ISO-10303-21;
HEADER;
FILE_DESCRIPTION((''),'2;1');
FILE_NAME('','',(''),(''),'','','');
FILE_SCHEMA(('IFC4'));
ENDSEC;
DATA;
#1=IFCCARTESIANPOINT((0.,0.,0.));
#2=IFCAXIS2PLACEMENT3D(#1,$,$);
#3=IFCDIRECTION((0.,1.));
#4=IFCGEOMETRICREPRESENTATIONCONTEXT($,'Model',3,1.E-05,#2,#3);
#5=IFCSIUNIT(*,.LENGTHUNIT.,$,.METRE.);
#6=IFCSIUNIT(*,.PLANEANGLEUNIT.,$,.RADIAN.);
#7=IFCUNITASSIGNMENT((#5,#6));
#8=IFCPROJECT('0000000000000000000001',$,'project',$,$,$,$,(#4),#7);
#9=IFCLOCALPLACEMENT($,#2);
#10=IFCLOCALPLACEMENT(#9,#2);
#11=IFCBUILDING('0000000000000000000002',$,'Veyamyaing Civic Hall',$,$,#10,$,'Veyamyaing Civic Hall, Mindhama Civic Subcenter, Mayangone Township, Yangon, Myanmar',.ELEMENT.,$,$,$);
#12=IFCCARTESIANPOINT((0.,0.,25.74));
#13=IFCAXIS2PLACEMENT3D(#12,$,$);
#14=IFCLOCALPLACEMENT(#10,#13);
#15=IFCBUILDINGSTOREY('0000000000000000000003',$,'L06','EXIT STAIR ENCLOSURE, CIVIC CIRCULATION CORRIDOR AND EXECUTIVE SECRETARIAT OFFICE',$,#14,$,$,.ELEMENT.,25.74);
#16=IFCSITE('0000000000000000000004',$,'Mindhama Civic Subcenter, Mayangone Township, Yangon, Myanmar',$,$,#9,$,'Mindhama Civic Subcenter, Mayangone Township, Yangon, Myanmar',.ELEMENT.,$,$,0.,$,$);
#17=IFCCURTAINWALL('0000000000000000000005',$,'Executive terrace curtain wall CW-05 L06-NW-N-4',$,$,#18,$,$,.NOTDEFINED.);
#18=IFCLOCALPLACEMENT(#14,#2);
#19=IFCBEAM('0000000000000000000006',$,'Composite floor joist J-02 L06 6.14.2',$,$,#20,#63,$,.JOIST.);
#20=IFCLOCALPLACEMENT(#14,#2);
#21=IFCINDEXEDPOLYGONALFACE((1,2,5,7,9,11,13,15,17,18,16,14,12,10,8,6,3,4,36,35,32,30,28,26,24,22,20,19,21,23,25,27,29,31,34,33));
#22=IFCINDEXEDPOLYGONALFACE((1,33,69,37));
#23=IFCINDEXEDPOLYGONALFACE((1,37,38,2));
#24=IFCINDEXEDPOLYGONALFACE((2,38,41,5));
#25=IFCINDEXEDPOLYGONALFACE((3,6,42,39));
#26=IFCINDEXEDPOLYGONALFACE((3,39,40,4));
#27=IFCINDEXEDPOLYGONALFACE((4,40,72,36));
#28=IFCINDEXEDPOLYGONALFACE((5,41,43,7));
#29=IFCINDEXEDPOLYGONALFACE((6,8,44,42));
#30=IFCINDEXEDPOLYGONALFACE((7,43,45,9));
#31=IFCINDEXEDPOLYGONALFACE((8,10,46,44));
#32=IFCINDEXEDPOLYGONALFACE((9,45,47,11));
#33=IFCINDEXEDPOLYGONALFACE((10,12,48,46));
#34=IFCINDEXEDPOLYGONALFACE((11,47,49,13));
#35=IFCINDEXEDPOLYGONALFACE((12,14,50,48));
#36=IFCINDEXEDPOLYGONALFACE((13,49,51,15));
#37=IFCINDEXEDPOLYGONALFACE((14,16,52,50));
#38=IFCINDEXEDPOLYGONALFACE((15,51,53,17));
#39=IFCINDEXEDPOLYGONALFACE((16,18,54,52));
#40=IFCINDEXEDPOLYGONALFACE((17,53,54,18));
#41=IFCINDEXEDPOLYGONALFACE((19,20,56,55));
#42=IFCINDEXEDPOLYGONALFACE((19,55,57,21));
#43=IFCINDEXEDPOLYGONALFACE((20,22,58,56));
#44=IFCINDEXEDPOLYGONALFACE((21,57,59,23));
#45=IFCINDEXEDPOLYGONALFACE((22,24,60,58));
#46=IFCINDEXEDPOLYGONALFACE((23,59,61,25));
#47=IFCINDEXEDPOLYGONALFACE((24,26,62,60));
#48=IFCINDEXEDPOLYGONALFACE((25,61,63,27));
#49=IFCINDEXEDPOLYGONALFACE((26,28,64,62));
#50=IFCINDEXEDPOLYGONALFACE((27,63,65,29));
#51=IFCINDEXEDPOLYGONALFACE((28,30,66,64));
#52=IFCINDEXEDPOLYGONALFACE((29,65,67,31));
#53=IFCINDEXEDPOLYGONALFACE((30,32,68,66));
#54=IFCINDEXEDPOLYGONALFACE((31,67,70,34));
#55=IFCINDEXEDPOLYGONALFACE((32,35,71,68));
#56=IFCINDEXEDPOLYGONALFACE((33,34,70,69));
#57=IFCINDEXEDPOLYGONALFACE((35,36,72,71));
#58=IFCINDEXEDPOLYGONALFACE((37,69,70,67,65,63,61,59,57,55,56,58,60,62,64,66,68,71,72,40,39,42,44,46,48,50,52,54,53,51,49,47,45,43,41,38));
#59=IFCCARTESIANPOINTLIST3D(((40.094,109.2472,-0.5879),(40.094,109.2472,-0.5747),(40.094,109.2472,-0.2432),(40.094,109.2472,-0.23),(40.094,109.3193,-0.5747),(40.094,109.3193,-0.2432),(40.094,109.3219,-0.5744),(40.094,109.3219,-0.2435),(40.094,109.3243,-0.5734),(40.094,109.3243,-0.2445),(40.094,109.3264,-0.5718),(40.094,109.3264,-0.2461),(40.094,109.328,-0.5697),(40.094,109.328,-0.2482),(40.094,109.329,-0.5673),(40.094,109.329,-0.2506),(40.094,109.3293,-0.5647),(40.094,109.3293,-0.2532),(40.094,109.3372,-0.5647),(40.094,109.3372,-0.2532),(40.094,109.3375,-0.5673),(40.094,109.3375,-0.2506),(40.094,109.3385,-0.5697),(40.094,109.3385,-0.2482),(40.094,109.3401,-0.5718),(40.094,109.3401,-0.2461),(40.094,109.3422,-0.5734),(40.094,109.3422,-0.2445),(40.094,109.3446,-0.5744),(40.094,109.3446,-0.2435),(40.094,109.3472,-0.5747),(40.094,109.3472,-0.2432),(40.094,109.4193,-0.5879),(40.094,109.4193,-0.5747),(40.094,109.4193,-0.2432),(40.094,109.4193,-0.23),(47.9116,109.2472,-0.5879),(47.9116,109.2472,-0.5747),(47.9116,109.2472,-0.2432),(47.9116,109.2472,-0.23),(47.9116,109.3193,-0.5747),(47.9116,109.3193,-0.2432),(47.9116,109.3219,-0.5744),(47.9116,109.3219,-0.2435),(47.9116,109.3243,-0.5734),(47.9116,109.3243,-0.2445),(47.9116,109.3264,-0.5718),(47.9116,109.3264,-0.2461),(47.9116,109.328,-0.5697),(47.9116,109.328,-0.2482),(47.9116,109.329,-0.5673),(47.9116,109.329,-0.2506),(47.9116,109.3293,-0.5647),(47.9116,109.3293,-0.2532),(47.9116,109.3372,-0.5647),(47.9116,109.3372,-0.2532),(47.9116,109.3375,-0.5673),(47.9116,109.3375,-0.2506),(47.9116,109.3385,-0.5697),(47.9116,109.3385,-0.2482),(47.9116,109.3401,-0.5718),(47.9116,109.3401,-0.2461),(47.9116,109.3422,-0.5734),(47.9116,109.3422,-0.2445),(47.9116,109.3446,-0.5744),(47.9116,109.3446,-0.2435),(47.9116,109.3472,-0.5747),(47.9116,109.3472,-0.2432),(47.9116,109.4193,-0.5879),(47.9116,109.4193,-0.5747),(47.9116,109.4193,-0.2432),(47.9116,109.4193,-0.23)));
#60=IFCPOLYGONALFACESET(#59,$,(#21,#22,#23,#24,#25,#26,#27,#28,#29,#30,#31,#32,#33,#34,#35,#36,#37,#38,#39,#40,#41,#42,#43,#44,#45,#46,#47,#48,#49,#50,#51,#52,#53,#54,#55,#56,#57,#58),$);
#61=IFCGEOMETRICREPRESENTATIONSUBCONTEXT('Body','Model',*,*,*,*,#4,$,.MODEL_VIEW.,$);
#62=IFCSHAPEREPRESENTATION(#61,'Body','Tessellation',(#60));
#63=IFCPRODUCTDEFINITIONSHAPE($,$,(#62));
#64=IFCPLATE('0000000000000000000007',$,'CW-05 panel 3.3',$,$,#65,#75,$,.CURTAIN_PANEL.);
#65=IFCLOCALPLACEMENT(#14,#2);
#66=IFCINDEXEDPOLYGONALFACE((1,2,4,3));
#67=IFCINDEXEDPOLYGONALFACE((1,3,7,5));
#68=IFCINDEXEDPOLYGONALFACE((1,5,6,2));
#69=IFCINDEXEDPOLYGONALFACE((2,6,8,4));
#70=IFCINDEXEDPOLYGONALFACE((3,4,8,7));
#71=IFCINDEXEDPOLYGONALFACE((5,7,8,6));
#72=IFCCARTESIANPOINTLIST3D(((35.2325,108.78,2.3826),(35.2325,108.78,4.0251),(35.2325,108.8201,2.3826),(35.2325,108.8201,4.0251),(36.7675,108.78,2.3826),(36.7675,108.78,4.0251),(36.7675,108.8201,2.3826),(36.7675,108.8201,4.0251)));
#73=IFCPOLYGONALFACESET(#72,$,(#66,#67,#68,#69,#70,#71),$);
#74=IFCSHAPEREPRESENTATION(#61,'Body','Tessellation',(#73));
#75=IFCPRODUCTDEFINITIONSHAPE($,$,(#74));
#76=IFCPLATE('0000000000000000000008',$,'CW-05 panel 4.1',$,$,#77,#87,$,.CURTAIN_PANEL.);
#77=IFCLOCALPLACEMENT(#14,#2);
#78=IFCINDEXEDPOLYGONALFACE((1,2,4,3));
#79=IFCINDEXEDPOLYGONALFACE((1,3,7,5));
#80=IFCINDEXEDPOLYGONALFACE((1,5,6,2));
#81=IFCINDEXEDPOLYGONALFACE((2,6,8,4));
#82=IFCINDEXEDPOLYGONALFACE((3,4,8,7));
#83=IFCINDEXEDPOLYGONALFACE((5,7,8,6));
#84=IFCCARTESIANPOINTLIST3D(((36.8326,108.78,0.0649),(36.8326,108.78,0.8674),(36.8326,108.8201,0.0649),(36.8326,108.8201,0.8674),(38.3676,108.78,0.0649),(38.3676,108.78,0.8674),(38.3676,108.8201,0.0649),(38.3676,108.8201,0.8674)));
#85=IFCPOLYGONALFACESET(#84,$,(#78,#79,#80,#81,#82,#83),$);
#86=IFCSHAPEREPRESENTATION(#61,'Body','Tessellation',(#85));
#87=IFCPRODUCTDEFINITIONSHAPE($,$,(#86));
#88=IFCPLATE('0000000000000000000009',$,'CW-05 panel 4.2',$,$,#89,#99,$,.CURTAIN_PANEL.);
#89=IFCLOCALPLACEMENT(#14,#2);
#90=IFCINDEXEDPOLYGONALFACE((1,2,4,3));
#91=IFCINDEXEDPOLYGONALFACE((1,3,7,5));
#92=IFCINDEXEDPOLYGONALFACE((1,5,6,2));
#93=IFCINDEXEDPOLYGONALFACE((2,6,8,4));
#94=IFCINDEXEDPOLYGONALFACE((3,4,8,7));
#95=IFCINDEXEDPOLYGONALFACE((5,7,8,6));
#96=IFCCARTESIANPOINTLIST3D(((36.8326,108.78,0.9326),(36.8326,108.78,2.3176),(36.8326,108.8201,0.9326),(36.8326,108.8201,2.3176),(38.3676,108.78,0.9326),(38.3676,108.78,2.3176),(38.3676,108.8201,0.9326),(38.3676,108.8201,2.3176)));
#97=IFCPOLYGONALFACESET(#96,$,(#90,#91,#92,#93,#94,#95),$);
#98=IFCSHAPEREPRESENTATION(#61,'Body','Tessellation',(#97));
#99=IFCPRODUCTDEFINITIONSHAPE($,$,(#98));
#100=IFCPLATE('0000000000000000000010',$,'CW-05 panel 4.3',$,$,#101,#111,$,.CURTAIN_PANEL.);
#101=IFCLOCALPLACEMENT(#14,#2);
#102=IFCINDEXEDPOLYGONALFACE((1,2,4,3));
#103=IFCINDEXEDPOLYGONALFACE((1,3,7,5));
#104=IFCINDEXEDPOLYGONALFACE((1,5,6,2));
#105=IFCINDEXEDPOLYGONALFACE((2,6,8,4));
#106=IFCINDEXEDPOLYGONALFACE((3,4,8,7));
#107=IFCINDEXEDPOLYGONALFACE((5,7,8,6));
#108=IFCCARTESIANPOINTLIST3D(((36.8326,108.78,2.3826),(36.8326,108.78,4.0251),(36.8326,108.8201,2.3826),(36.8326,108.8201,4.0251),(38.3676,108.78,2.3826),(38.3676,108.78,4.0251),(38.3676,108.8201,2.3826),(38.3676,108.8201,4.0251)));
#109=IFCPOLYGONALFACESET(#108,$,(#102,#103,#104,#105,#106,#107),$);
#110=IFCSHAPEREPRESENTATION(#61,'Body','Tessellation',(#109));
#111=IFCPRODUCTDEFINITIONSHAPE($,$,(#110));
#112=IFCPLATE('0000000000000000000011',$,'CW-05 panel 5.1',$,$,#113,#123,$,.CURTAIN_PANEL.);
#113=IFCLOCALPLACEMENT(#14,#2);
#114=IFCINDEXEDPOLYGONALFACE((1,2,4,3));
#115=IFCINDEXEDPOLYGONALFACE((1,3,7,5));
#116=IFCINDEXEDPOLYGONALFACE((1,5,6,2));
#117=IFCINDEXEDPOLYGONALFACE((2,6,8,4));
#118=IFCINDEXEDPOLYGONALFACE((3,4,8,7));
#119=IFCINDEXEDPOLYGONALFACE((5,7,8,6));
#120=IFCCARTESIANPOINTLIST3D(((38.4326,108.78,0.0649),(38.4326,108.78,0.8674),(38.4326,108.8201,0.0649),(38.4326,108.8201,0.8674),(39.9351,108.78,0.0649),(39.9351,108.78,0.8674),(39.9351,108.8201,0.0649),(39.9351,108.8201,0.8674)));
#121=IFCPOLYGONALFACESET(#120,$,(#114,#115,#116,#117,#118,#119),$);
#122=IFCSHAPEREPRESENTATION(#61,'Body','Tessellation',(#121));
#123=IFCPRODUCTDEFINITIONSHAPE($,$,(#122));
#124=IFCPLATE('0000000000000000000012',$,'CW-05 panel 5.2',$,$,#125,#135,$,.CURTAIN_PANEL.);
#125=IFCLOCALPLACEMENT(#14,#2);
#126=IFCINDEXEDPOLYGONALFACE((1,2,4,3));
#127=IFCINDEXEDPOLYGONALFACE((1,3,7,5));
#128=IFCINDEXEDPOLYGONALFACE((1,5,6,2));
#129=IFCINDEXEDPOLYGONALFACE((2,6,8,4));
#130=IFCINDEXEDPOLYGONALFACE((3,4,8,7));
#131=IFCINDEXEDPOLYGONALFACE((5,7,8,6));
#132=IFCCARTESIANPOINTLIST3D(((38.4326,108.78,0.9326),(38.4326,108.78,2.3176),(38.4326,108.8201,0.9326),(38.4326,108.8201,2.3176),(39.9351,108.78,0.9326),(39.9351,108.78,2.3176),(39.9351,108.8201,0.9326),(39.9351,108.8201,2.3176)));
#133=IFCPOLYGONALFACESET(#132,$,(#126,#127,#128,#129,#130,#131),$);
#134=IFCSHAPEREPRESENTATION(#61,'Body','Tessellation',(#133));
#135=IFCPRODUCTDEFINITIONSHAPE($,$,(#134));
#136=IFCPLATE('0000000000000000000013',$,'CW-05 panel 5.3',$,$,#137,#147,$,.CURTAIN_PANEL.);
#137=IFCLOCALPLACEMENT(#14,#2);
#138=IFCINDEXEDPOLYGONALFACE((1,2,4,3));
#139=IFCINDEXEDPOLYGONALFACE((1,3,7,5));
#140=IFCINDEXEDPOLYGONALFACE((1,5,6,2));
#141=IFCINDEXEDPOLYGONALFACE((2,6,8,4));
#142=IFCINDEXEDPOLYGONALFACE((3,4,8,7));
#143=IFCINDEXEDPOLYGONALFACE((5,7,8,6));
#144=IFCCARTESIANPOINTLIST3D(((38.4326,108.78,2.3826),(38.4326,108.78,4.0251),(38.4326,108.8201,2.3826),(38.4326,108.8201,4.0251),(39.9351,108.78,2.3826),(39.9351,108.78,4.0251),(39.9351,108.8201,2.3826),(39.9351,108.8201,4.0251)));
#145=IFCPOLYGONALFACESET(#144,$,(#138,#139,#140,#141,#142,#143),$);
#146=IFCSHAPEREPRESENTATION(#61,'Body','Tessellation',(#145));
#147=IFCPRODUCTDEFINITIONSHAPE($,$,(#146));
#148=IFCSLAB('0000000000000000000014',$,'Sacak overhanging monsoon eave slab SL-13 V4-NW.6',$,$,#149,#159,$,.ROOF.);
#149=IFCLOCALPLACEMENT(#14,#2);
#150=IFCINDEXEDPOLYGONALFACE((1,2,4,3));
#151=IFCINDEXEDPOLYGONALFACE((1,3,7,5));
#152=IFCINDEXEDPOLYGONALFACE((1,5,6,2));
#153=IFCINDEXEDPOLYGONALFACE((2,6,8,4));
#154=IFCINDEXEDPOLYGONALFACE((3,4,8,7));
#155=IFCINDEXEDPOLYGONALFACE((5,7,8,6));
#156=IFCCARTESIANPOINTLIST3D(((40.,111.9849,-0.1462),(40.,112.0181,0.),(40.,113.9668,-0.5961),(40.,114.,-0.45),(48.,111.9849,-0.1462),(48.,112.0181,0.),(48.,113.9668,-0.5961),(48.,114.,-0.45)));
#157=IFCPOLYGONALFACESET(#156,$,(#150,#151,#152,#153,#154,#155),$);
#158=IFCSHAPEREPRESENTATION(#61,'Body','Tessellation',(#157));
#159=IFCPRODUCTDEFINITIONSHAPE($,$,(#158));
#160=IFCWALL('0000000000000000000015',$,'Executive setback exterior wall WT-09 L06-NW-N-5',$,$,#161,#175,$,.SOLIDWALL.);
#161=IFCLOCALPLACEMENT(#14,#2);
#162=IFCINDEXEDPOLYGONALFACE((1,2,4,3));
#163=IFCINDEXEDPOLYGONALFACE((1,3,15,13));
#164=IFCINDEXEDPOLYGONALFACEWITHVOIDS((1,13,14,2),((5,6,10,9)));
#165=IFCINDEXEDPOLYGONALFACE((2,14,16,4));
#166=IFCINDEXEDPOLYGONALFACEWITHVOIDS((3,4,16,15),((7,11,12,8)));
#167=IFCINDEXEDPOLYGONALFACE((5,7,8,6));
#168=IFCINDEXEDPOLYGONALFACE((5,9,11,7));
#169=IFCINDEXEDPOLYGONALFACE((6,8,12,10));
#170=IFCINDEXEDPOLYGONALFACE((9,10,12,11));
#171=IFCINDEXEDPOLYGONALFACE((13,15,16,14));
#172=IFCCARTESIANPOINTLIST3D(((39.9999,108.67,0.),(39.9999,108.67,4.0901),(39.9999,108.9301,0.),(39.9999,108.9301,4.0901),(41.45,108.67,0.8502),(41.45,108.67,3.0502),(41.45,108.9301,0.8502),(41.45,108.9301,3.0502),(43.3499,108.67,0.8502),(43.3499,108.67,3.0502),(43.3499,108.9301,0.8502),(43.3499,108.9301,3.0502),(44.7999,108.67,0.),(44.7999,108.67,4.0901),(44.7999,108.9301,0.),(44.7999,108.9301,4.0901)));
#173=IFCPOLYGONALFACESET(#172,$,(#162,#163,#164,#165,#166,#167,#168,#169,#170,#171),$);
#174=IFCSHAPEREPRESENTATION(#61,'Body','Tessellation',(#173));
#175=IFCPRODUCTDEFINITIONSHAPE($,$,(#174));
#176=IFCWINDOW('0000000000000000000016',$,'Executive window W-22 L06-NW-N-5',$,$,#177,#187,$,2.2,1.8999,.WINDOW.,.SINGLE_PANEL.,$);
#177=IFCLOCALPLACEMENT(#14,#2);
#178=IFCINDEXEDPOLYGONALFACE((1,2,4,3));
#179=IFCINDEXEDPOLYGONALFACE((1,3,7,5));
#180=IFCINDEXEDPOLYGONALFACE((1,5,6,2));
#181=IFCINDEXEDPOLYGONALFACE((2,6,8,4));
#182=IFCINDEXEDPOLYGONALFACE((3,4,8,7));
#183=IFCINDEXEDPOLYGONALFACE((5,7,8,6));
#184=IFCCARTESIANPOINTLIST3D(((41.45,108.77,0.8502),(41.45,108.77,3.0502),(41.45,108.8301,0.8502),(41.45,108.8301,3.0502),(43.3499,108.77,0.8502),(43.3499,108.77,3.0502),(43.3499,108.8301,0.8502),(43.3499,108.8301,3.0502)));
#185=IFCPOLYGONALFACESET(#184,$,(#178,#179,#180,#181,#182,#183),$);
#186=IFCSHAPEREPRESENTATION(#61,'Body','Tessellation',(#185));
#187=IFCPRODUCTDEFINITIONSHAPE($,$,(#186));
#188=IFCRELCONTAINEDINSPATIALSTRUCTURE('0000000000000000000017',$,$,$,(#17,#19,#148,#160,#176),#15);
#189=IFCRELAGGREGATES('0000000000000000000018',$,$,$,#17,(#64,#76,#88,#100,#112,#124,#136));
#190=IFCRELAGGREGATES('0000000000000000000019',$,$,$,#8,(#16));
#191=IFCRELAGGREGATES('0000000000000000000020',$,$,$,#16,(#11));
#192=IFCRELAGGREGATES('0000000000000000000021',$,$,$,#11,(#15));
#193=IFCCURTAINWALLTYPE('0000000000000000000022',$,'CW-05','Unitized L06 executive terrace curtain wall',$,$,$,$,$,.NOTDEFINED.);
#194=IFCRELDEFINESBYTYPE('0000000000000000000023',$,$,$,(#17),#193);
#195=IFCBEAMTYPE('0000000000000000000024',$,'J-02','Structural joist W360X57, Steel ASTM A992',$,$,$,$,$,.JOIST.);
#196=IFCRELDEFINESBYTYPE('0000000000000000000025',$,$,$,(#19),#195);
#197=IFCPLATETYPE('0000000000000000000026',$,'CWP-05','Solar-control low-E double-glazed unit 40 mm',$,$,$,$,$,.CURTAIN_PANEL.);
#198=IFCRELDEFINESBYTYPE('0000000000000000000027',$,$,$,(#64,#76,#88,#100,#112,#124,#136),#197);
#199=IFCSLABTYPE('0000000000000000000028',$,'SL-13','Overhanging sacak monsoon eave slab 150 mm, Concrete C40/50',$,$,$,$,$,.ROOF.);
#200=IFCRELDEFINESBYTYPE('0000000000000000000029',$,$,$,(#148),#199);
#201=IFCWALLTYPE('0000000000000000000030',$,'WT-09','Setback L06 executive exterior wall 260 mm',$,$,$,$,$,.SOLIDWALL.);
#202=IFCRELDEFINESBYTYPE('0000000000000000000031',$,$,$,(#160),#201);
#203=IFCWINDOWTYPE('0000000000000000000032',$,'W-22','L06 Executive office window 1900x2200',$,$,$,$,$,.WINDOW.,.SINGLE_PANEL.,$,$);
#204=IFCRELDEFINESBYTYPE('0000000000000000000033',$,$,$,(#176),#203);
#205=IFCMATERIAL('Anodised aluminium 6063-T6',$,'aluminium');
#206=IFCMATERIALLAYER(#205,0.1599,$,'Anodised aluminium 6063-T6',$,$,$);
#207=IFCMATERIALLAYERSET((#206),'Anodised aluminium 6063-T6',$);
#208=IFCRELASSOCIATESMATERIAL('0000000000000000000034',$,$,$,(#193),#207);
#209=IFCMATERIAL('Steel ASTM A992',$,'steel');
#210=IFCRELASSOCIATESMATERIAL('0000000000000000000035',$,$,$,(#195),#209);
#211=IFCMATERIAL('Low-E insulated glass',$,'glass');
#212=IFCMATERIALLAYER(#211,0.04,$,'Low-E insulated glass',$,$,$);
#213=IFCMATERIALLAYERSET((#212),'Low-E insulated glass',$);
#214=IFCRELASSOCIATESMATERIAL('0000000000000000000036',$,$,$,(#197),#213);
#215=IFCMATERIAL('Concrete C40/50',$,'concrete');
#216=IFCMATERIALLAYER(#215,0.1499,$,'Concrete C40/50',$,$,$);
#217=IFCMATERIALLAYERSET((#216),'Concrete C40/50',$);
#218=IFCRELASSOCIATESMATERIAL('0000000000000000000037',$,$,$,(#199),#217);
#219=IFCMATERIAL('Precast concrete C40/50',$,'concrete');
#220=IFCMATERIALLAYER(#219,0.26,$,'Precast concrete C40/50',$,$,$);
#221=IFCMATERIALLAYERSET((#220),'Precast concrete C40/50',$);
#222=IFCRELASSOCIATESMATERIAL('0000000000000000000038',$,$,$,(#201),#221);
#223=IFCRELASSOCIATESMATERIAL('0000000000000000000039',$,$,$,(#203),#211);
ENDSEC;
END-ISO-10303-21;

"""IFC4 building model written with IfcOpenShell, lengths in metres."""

from ifc_helpers import new_model, si_unit, direction, frame, frame_2d, origin, origin_2d, place, context, subcontext, project, spatial, polyline, rectangle, i_section, outline, extrude, material, layer, layer_set, material_profile, profile_set, type_object, element, fill, aggregate, save


model = new_model("IFC4")

# Units and contexts
model_context = context("Model", 3, precision=1e-05, world=origin(), true_north=direction((0.0, 1.0)))
body_context = subcontext(model_context, "Body", "Model", "MODEL_VIEW")
ifc_project = project(units=[si_unit("LENGTHUNIT", "METRE"), si_unit("PLANEANGLEUNIT", "RADIAN")], contexts=[model_context])

# Site, building, storey
site_placement = place(None, origin())
site = spatial("IfcSite", under=ifc_project, at=site_placement, Name="Mindhama Civic Subcenter, Mayangone Township, Yangon, Myanmar", LongName="Mindhama Civic Subcenter, Mayangone Township, Yangon, Myanmar", CompositionType="ELEMENT", RefElevation=0.0)
building_placement = place(site_placement, origin())
building = spatial("IfcBuilding", under=site, at=building_placement, Name="Veyamyaing Civic Hall", LongName="Veyamyaing Civic Hall, Mindhama Civic Subcenter, Mayangone Township, Yangon, Myanmar", CompositionType="ELEMENT")
storey_placement = place(building_placement, frame((0.0, 0.0, 25.74)))
storey = spatial("IfcBuildingStorey", under=building, at=storey_placement, Name="L06", Description="EXIT STAIR ENCLOSURE, CIVIC CIRCULATION CORRIDOR AND EXECUTIVE SECRETARIAT OFFICE", CompositionType="ELEMENT", Elevation=25.74)

# Shared definitions
ifc_material_1 = material(Name="Steel ASTM A992", Category="steel")

# Curtain wall
ifc_material_2 = material(Name="Anodised aluminium 6063-T6", Category="aluminium")
ifc_layer_1 = layer(ifc_material_2, 0.1599, Name="Anodised aluminium 6063-T6")
ifc_layer_set_1 = layer_set([ifc_layer_1], Name="Anodised aluminium 6063-T6")
curtain_wall_type = type_object("IfcCurtainWallType", Name="CW-05", Description="Unitized L06 executive terrace curtain wall", PredefinedType="NOTDEFINED", material=ifc_layer_set_1)
curtain_wall_placement = place(storey_placement, origin())
curtain_wall = element("IfcCurtainWall", 1, at=curtain_wall_placement, inside=storey, type_object=curtain_wall_type, Name="Executive terrace curtain wall CW-05 L06-NW-N-4", PredefinedType="NOTDEFINED")

# Beam
ifc_material_profile_1 = material_profile(ifc_material_1, i_section(OverallWidth=0.1721, OverallDepth=0.3579, WebThickness=0.0078, FlangeThickness=0.0132, FilletRadius=0.01, at=origin_2d()), Name="W360X57")
ifc_profile_set_1 = profile_set([ifc_material_profile_1], Name="Steel ASTM A992")
beam_type_1 = type_object("IfcBeamType", Name="J-02", Description="Structural joist W360X57, Steel ASTM A992", PredefinedType="JOIST", material=ifc_profile_set_1)
beam_1_placement = place(storey_placement, frame((40.094, 109.3333, -0.4089), z_axis=(1.0, 0.0, 0.0), x_axis=(0.0, 1.0, 0.0)))
element("IfcBeam", 2, at=beam_1_placement, inside=storey, type_object=beam_type_1, Name="Composite floor joist J-02 L06 6.14.2", PredefinedType="JOIST", context=body_context, shape_type="SweptSolid", body=[
    extrude(i_section(OverallWidth=0.1721, OverallDepth=0.3579, WebThickness=0.0078, FlangeThickness=0.0132, FilletRadius=0.01, at=origin_2d()), origin(), (0.0, 0.0, 1.0), 7.8176),
])

# Plates
ifc_material_3 = material(Name="Low-E insulated glass", Category="glass")
ifc_layer_2 = layer(ifc_material_3, 0.04, Name="Low-E insulated glass")
ifc_layer_set_2 = layer_set([ifc_layer_2], Name="Low-E insulated glass")
plate_type = type_object("IfcPlateType", Name="CWP-05", Description="Solar-control low-E double-glazed unit 40 mm", PredefinedType="CURTAIN_PANEL", material=ifc_layer_set_2)
plate_1_placement = place(storey_placement, frame((36.0, 108.8, 2.3826), z_axis=(0.0, 0.0, 1.0), x_axis=(1.0, 0.0, 0.0)))
plate_1 = element("IfcPlate", 3, at=plate_1_placement, type_object=plate_type, Name="CW-05 panel 3.3", PredefinedType="CURTAIN_PANEL", context=body_context, shape_type="SweptSolid", body=[
    extrude(rectangle(XDim=1.5349, YDim=0.04, at=origin_2d()), origin(), (0.0, 0.0, 1.0), 1.6426),
])
plate_2_placement = place(storey_placement, frame((37.6001, 108.8, 0.0649), z_axis=(0.0, 0.0, 1.0), x_axis=(1.0, 0.0, 0.0)))
plate_2 = element("IfcPlate", 4, at=plate_2_placement, type_object=plate_type, Name="CW-05 panel 4.1", PredefinedType="CURTAIN_PANEL", context=body_context, shape_type="SweptSolid", body=[
    extrude(rectangle(XDim=1.5349, YDim=0.04, at=origin_2d()), origin(), (0.0, 0.0, 1.0), 0.8025),
])
plate_3_placement = place(storey_placement, frame((37.6001, 108.8, 0.9326), z_axis=(0.0, 0.0, 1.0), x_axis=(1.0, 0.0, 0.0)))
plate_3 = element("IfcPlate", 5, at=plate_3_placement, type_object=plate_type, Name="CW-05 panel 4.2", PredefinedType="CURTAIN_PANEL", context=body_context, shape_type="SweptSolid", body=[
    extrude(rectangle(XDim=1.5349, YDim=0.04, at=origin_2d()), origin(), (0.0, 0.0, 1.0), 1.385),
])
plate_4_placement = place(storey_placement, frame((37.6001, 108.8, 2.3826), z_axis=(0.0, 0.0, 1.0), x_axis=(1.0, 0.0, 0.0)))
plate_4 = element("IfcPlate", 6, at=plate_4_placement, type_object=plate_type, Name="CW-05 panel 4.3", PredefinedType="CURTAIN_PANEL", context=body_context, shape_type="SweptSolid", body=[
    extrude(rectangle(XDim=1.5349, YDim=0.04, at=origin_2d()), origin(), (0.0, 0.0, 1.0), 1.6426),
])
plate_5_placement = place(storey_placement, frame((39.1838, 108.8, 0.0649), z_axis=(0.0, 0.0, 1.0), x_axis=(1.0, 0.0, 0.0)))
plate_5 = element("IfcPlate", 7, at=plate_5_placement, type_object=plate_type, Name="CW-05 panel 5.1", PredefinedType="CURTAIN_PANEL", context=body_context, shape_type="SweptSolid", body=[
    extrude(rectangle(XDim=1.5024, YDim=0.04, at=origin_2d()), origin(), (0.0, 0.0, 1.0), 0.8025),
])
plate_6_placement = place(storey_placement, frame((39.1838, 108.8, 0.9326), z_axis=(0.0, 0.0, 1.0), x_axis=(1.0, 0.0, 0.0)))
plate_6 = element("IfcPlate", 8, at=plate_6_placement, type_object=plate_type, Name="CW-05 panel 5.2", PredefinedType="CURTAIN_PANEL", context=body_context, shape_type="SweptSolid", body=[
    extrude(rectangle(XDim=1.5024, YDim=0.04, at=origin_2d()), origin(), (0.0, 0.0, 1.0), 1.385),
])
plate_7_placement = place(storey_placement, frame((39.1838, 108.8, 2.3826), z_axis=(0.0, 0.0, 1.0), x_axis=(1.0, 0.0, 0.0)))
plate_7 = element("IfcPlate", 9, at=plate_7_placement, type_object=plate_type, Name="CW-05 panel 5.3", PredefinedType="CURTAIN_PANEL", context=body_context, shape_type="SweptSolid", body=[
    extrude(rectangle(XDim=1.5024, YDim=0.04, at=origin_2d()), origin(), (0.0, 0.0, 1.0), 1.6426),
])
aggregate(curtain_wall, [plate_1, plate_2, plate_3, plate_4, plate_5, plate_6, plate_7])

# Slab
ifc_material_4 = material(Name="Concrete C40/50", Category="concrete")
ifc_layer_3 = layer(ifc_material_4, 0.1499, Name="Concrete C40/50")
ifc_layer_set_3 = layer_set([ifc_layer_3], Name="Concrete C40/50")
slab_type = type_object("IfcSlabType", Name="SL-13", Description="Overhanging sacak monsoon eave slab 150 mm, Concrete C40/50", PredefinedType="ROOF", material=ifc_layer_set_3)
slab_placement = place(storey_placement, frame((40.0, 112.0181, 0.0), z_axis=(0.0, 0.221393, 0.975185), x_axis=(1.0, 0.0, 0.0)))
element("IfcSlab", 10, at=slab_placement, inside=storey, type_object=slab_type, Name="Sacak overhanging monsoon eave slab SL-13 V4-NW.6", PredefinedType="ROOF", context=body_context, shape_type="SweptSolid", body=[
    extrude(outline(polyline([(0.0, 0.0), (8.0, 0.0), (8.0, 2.0324), (0.0, 2.0324), (0.0, 0.0)])), origin(), (0.0, 0.0, -1.0), 0.1499),
])

# Wall, opening, window
ifc_material_5 = material(Name="Precast concrete C40/50", Category="concrete")
ifc_layer_4 = layer(ifc_material_5, 0.26, Name="Precast concrete C40/50")
ifc_layer_set_4 = layer_set([ifc_layer_4], Name="Precast concrete C40/50")
wall_type = type_object("IfcWallType", Name="WT-09", Description="Setback L06 executive exterior wall 260 mm", PredefinedType="SOLIDWALL", material=ifc_layer_set_4)
wall_placement = place(storey_placement, frame((40.0, 108.8, 0.0), z_axis=(0.0, 0.0, 1.0), x_axis=(1.0, 0.0, 0.0)))
wall = element("IfcWall", 11, at=wall_placement, inside=storey, type_object=wall_type, Name="Executive setback exterior wall WT-09 L06-NW-N-5", PredefinedType="SOLIDWALL", context=body_context, shape_type="SweptSolid", body=[
    extrude(rectangle(XDim=4.8, YDim=0.26, at=frame_2d((2.3999, 0.0))), origin(), (0.0, 0.0, 1.0), 4.0901),
])
opening_placement = place(wall_placement, frame((1.45, 0.0, 0.8501)))
opening = element("IfcOpeningElement", 12, at=opening_placement, cuts=wall, PredefinedType="OPENING", context=body_context, shape_type="SweptSolid", body=[
    extrude(rectangle(XDim=1.8999, YDim=2.2, at=frame_2d((0.95, 1.1001))), frame((0.0, 0.1399, 0.0), z_axis=(0.0, -1.0, 0.0), x_axis=(1.0, 0.0, 0.0)), (0.0, 0.0, 1.0), 0.28),
])
window_type = type_object("IfcWindowType", Name="W-22", Description="L06 Executive office window 1900x2200", PartitioningType="SINGLE_PANEL", PredefinedType="WINDOW", material=ifc_material_3)
window_placement = place(opening_placement, origin())
window = element("IfcWindow", 13, at=window_placement, inside=storey, type_object=window_type, Name="Executive window W-22 L06-NW-N-5", OverallHeight=2.2, OverallWidth=1.8999, PartitioningType="SINGLE_PANEL", PredefinedType="WINDOW", context=body_context, shape_type="SweptSolid", body=[
    extrude(rectangle(XDim=1.8999, YDim=2.2, at=frame_2d((0.95, 1.1001))), frame((0.0, 0.03, 0.0), z_axis=(0.0, -1.0, 0.0), x_axis=(1.0, 0.0, 0.0)), (0.0, 0.0, 1.0), 0.0601),
])
fill(opening, window)

save(model, "model.ifc")
